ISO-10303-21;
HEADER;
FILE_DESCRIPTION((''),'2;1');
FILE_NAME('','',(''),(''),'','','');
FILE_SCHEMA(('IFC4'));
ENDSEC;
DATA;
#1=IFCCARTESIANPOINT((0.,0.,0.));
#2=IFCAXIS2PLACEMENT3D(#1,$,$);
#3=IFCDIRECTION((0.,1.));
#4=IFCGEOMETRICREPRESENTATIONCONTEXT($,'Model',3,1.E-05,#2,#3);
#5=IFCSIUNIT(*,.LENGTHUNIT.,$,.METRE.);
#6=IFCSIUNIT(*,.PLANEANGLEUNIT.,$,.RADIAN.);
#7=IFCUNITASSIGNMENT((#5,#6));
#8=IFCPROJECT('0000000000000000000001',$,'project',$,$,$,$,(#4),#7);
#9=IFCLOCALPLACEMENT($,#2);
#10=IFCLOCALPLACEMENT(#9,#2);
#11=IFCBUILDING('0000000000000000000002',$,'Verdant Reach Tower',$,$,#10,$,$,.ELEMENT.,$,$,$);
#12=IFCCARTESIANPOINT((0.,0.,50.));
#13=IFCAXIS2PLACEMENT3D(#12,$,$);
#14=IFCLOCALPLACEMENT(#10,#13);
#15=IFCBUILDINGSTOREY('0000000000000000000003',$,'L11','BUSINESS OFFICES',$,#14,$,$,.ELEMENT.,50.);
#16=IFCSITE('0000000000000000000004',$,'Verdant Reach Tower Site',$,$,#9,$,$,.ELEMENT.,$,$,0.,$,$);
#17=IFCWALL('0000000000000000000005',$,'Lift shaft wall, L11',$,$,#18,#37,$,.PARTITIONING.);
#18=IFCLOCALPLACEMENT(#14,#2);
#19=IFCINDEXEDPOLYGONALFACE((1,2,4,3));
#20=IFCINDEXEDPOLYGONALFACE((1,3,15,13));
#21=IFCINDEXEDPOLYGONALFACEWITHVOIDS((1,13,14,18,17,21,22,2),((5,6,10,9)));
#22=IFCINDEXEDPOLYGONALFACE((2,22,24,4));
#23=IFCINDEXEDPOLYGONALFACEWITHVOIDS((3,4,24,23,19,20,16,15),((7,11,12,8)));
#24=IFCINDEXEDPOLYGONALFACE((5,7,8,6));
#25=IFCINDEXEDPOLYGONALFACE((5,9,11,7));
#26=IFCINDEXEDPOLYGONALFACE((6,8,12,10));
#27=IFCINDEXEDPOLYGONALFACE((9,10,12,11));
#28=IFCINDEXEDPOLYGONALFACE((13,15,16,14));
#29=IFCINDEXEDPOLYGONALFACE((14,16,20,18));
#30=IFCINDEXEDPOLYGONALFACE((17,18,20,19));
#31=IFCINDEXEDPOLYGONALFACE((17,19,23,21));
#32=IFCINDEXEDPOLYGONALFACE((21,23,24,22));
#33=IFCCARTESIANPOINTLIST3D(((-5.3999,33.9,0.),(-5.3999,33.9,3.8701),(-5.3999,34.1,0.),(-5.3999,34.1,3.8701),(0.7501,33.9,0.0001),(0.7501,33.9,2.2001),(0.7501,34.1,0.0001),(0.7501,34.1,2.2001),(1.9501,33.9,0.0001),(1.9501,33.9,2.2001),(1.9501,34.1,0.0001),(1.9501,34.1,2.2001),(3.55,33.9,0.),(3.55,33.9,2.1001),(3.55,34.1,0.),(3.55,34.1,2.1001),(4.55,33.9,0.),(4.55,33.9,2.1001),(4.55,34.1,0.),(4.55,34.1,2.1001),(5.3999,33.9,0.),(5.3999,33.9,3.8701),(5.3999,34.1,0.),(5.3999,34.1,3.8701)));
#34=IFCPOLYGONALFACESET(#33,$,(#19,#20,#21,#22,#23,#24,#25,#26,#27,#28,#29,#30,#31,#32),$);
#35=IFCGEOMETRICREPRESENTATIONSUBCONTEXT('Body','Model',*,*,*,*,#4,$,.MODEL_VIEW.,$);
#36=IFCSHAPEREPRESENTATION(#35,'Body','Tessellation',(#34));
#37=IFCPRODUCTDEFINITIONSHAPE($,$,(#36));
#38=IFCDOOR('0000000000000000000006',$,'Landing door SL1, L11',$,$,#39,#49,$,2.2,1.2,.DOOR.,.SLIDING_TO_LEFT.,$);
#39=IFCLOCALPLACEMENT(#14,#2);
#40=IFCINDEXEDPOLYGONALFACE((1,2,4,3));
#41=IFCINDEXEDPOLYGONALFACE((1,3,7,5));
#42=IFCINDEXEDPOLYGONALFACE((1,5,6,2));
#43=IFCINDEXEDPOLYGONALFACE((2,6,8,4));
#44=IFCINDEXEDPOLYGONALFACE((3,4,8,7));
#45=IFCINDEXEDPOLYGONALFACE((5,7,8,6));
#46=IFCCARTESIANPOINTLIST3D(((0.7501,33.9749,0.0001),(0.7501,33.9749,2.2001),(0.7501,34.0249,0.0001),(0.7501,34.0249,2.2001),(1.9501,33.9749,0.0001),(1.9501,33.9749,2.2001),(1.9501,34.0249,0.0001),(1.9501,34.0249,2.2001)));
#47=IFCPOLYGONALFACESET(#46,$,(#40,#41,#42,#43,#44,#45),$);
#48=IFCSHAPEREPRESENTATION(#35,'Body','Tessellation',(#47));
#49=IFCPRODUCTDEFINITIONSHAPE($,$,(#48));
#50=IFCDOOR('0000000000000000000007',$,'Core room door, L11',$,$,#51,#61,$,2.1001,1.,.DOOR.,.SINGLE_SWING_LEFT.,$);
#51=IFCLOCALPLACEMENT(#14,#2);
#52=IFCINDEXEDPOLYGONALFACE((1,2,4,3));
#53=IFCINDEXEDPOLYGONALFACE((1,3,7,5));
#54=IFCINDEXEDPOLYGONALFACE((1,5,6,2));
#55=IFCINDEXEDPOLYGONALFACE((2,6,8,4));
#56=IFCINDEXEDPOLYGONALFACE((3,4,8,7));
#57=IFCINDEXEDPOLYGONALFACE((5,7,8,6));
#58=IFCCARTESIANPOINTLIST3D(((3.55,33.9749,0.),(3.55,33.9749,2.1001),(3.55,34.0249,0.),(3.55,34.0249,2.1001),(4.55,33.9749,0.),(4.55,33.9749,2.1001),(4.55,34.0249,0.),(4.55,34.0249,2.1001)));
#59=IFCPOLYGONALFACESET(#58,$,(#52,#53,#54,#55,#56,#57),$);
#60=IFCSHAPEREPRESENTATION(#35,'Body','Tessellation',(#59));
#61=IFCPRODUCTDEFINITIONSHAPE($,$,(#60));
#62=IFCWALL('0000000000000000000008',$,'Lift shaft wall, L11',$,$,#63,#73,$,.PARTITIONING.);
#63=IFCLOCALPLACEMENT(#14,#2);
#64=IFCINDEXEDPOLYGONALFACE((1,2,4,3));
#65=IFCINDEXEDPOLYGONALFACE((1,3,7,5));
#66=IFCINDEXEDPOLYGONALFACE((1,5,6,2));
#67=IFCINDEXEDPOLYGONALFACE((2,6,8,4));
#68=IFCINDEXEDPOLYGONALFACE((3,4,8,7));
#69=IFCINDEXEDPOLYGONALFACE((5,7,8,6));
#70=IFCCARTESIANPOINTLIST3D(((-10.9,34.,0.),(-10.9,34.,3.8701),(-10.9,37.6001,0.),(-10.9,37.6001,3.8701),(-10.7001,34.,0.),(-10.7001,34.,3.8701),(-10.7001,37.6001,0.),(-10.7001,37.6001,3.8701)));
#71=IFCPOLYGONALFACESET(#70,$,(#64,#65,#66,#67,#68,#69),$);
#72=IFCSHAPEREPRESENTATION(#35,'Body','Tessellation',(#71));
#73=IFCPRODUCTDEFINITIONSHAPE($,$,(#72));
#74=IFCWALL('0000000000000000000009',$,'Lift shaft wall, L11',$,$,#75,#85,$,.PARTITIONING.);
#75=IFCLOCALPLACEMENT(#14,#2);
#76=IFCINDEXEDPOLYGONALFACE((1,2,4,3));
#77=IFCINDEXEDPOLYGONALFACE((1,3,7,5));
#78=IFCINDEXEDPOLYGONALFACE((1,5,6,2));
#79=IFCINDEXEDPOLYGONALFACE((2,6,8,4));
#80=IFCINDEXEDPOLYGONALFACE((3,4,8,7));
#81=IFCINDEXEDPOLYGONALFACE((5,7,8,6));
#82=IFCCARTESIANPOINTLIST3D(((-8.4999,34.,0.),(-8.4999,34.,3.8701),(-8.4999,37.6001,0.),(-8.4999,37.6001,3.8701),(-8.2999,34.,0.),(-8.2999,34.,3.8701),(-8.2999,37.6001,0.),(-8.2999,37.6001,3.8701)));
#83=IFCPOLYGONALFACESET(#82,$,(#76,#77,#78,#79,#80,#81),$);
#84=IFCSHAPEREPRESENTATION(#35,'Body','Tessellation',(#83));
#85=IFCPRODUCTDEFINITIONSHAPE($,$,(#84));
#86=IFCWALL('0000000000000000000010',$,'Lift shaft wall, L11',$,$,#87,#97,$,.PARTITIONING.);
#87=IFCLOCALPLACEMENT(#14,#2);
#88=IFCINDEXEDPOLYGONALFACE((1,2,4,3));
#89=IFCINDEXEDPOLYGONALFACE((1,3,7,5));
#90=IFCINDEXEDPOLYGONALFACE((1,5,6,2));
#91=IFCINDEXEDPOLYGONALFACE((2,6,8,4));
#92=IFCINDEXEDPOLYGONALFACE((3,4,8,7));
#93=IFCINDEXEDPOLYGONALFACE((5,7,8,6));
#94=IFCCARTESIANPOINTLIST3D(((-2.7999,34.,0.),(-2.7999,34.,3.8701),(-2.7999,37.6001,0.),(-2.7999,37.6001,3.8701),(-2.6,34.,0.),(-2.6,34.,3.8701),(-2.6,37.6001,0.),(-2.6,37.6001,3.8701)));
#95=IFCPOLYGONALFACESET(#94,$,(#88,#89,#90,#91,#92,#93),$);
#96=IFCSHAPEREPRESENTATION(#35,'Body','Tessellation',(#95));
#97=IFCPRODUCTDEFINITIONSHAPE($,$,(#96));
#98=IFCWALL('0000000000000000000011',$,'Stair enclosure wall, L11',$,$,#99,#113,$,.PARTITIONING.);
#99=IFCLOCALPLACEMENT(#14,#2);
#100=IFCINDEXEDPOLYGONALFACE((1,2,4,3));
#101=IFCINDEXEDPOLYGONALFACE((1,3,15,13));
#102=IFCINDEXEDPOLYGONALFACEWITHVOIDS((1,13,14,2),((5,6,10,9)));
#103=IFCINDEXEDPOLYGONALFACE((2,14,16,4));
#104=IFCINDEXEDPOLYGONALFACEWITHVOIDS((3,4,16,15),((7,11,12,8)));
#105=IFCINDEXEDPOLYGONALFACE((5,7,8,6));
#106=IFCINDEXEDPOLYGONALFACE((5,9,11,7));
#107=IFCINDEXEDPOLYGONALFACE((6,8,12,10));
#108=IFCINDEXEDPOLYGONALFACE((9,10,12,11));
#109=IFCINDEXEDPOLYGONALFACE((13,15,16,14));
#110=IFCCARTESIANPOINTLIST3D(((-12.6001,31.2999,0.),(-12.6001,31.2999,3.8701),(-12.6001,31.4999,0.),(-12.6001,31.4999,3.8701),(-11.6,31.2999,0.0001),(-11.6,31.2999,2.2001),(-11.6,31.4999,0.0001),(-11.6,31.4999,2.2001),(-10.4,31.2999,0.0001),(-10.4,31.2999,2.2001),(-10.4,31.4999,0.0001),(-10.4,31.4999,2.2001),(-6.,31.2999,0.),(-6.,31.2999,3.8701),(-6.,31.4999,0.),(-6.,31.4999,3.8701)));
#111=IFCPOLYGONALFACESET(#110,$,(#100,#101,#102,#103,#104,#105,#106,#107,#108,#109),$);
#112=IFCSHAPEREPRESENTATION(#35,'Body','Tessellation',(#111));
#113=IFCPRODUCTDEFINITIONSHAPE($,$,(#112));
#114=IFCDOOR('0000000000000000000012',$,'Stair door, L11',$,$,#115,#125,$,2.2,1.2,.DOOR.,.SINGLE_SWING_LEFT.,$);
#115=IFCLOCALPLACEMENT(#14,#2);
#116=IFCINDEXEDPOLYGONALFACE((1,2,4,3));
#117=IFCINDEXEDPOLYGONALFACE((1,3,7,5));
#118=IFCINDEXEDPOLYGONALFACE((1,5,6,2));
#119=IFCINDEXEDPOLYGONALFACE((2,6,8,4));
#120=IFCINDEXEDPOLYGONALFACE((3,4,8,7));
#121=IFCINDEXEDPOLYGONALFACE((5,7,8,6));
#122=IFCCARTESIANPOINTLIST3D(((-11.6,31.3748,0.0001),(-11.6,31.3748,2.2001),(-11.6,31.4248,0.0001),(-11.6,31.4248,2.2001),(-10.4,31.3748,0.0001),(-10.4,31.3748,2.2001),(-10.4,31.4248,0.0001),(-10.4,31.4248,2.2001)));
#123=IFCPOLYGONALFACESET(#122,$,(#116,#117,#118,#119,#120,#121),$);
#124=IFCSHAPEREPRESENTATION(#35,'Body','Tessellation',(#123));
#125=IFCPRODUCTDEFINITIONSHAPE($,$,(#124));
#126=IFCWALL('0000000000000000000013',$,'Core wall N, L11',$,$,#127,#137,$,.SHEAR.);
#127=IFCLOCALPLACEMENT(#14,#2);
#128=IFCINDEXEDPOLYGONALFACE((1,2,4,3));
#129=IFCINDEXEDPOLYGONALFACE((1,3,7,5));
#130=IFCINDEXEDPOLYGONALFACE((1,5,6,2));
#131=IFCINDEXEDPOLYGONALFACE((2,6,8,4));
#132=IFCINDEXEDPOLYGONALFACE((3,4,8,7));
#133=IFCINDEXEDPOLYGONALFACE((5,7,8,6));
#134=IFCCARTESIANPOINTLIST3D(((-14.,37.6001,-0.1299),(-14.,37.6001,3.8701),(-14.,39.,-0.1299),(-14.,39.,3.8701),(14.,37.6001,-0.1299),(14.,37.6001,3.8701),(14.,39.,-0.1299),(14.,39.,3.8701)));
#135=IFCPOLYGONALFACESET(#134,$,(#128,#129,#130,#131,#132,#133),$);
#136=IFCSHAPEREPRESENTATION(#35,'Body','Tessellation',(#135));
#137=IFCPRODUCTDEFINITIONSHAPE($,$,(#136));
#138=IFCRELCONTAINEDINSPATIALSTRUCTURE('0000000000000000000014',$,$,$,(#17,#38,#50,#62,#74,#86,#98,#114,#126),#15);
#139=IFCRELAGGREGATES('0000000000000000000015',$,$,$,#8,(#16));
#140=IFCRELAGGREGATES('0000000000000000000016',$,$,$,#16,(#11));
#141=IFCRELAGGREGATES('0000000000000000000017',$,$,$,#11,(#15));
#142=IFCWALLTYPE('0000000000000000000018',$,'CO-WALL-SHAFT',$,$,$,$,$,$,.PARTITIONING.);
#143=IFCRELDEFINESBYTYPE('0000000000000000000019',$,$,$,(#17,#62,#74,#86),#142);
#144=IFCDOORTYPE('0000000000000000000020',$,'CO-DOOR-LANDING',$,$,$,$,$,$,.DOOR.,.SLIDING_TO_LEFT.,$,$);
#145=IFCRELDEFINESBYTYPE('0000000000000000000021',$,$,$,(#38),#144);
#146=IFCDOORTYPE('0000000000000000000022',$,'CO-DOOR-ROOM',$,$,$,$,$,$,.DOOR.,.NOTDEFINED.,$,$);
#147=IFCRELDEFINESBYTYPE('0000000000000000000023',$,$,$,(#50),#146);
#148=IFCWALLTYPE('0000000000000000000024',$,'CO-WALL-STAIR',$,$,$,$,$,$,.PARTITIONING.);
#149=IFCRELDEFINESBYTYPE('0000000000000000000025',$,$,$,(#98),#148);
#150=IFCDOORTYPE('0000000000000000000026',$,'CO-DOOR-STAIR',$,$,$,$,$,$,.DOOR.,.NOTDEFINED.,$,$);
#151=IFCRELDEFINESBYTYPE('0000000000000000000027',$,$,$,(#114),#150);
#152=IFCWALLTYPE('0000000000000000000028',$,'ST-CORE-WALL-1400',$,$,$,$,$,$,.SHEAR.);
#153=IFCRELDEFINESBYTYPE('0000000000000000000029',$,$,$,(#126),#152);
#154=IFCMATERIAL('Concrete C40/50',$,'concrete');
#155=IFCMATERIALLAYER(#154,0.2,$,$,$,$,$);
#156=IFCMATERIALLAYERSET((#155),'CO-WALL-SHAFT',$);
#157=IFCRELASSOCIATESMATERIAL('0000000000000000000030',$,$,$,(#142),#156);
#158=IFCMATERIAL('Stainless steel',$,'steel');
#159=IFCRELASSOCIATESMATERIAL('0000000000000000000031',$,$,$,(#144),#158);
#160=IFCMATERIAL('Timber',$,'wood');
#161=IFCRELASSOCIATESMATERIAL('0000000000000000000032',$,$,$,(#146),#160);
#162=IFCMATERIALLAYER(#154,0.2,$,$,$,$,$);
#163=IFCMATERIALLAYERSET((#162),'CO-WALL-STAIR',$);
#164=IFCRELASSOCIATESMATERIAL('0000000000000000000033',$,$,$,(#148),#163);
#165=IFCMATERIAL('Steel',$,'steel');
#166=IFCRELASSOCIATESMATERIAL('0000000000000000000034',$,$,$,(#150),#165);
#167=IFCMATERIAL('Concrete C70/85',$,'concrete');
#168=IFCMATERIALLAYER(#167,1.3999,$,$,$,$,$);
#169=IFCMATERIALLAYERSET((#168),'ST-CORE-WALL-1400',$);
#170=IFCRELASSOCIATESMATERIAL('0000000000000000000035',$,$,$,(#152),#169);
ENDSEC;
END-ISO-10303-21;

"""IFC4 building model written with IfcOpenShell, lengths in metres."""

from ifc_helpers import new_model, si_unit, direction, frame, frame_2d, origin, place, context, subcontext, project, spatial, rectangle, extrude, material, layer, layer_set, type_object, element, fill, save


model = new_model("IFC4")

# Units and contexts
model_context = context("Model", 3, precision=1e-05, world=origin(), true_north=direction((0.0, 1.0)))
body_context = subcontext(model_context, "Body", "Model", "MODEL_VIEW")
ifc_project = project(units=[si_unit("LENGTHUNIT", "METRE"), si_unit("PLANEANGLEUNIT", "RADIAN")], contexts=[model_context])

# Site, building, storey
site_placement = place(None, origin())
site = spatial("IfcSite", under=ifc_project, at=site_placement, Name="Verdant Reach Tower Site", CompositionType="ELEMENT", RefElevation=0.0)
building_placement = place(site_placement, origin())
building = spatial("IfcBuilding", under=site, at=building_placement, Name="Verdant Reach Tower", CompositionType="ELEMENT")
storey_placement = place(building_placement, frame((0.0, 0.0, 50.0)))
storey = spatial("IfcBuildingStorey", under=building, at=storey_placement, Name="L11", Description="BUSINESS OFFICES", CompositionType="ELEMENT", Elevation=50.0)

# Shared definitions
ifc_material_1 = material(Name="Concrete C40/50", Category="concrete")
ifc_layer_1 = layer(ifc_material_1, 0.2)
ifc_layer_set_1 = layer_set([ifc_layer_1], Name="CO-WALL-SHAFT")
wall_type_1 = type_object("IfcWallType", Name="CO-WALL-SHAFT", PredefinedType="PARTITIONING", material=ifc_layer_set_1)

# Wall, openings, doors
ifc_material_2 = material(Name="Stainless steel", Category="steel")
ifc_material_3 = material(Name="Steel", Category="steel")
wall_1_placement = place(storey_placement, frame((-5.3999, 34.0, 0.0), z_axis=(0.0, 0.0, 1.0), x_axis=(1.0, 0.0, 0.0)))
wall_1 = element("IfcWall", 1, at=wall_1_placement, inside=storey, type_object=wall_type_1, Name="Lift shaft wall, L11", PredefinedType="PARTITIONING", context=body_context, shape_type="SweptSolid", body=[
    extrude(rectangle(XDim=10.7998, YDim=0.2, at=frame_2d((5.3999, 0.0))), origin(), (0.0, 0.0, 1.0), 3.8701),
])
opening_1_placement = place(wall_1_placement, frame((6.1499, 0.0, 0.0)))
opening_1 = element("IfcOpeningElement", 2, at=opening_1_placement, cuts=wall_1, PredefinedType="OPENING", context=body_context, shape_type="SweptSolid", body=[
    extrude(rectangle(XDim=1.2, YDim=2.2, at=frame_2d((0.6001, 1.1001))), frame((0.0, 0.1099, 0.0), z_axis=(0.0, -1.0, 0.0), x_axis=(1.0, 0.0, 0.0)), (0.0, 0.0, 1.0), 0.22),
])
opening_2_placement = place(wall_1_placement, frame((8.95, 0.0, 0.0)))
opening_2 = element("IfcOpeningElement", 3, at=opening_2_placement, cuts=wall_1, PredefinedType="OPENING", context=body_context, shape_type="SweptSolid", body=[
    extrude(rectangle(XDim=1.0, YDim=2.1001, at=frame_2d((0.5, 1.05))), frame((0.0, 0.1099, 0.0), z_axis=(0.0, -1.0, 0.0), x_axis=(1.0, 0.0, 0.0)), (0.0, 0.0, 1.0), 0.22),
])
door_type_1 = type_object("IfcDoorType", Name="CO-DOOR-LANDING", OperationType="SLIDING_TO_LEFT", PredefinedType="DOOR", material=ifc_material_2)
door_1_placement = place(opening_1_placement, origin())
door_1 = element("IfcDoor", 4, at=door_1_placement, inside=storey, type_object=door_type_1, Name="Landing door SL1, L11", OperationType="SLIDING_TO_LEFT", OverallHeight=2.2, OverallWidth=1.2, PredefinedType="DOOR", context=body_context, shape_type="SweptSolid", body=[
    extrude(rectangle(XDim=1.2, YDim=2.2, at=frame_2d((0.6001, 1.1001))), frame((0.0, 0.0249, 0.0), z_axis=(0.0, -1.0, 0.0), x_axis=(1.0, 0.0, 0.0)), (0.0, 0.0, 1.0), 0.05),
])
fill(opening_1, door_1)
ifc_material_4 = material(Name="Timber", Category="wood")
door_type_2 = type_object("IfcDoorType", Name="CO-DOOR-ROOM", OperationType="NOTDEFINED", PredefinedType="DOOR", material=ifc_material_4)
door_2_placement = place(opening_2_placement, origin())
door_2 = element("IfcDoor", 5, at=door_2_placement, inside=storey, type_object=door_type_2, Name="Core room door, L11", OperationType="SINGLE_SWING_LEFT", OverallHeight=2.1001, OverallWidth=1.0, PredefinedType="DOOR", context=body_context, shape_type="SweptSolid", body=[
    extrude(rectangle(XDim=1.0, YDim=2.1001, at=frame_2d((0.5, 1.05))), frame((0.0, 0.0249, 0.0), z_axis=(0.0, -1.0, 0.0), x_axis=(1.0, 0.0, 0.0)), (0.0, 0.0, 1.0), 0.05),
])
fill(opening_2, door_2)

# Walls
for number, where, z_axis, x_axis, name in (
    (6, (-10.8, 34.0, 0.0), (0.0, 0.0, 1.0), (0.0, 1.0, 0.0), "Lift shaft wall, L11"),
    (7, (-8.3999, 34.0, 0.0), (0.0, 0.0, 1.0), (0.0, 1.0, 0.0), "Lift shaft wall, L11"),
    (8, (-2.7, 34.0, 0.0), (0.0, 0.0, 1.0), (0.0, 1.0, 0.0), "Lift shaft wall, L11"),
):
    element("IfcWall", number, at=place(storey_placement, frame(where, z_axis=z_axis, x_axis=x_axis)), inside=storey, type_object=wall_type_1, Name=name, PredefinedType="PARTITIONING", context=body_context, shape_type="SweptSolid", body=[
        extrude(rectangle(XDim=3.6001, YDim=0.2, at=frame_2d((1.8, 0.0))), origin(), (0.0, 0.0, 1.0), 3.8701),
    ])

# Wall, opening, door
ifc_layer_2 = layer(ifc_material_1, 0.2)
ifc_layer_set_2 = layer_set([ifc_layer_2], Name="CO-WALL-STAIR")
wall_type_2 = type_object("IfcWallType", Name="CO-WALL-STAIR", PredefinedType="PARTITIONING", material=ifc_layer_set_2)
wall_2_placement = place(storey_placement, frame((-12.6001, 31.3999, 0.0), z_axis=(0.0, 0.0, 1.0), x_axis=(1.0, 0.0, 0.0)))
wall_2 = element("IfcWall", 9, at=wall_2_placement, inside=storey, type_object=wall_type_2, Name="Stair enclosure wall, L11", PredefinedType="PARTITIONING", context=body_context, shape_type="SweptSolid", body=[
    extrude(rectangle(XDim=6.6001, YDim=0.2, at=frame_2d((3.3, 0.0))), origin(), (0.0, 0.0, 1.0), 3.8701),
])
opening_3_placement = place(wall_2_placement, frame((1.0, 0.0, 0.0)))
opening_3 = element("IfcOpeningElement", 10, at=opening_3_placement, cuts=wall_2, PredefinedType="OPENING", context=body_context, shape_type="SweptSolid", body=[
    extrude(rectangle(XDim=1.2, YDim=2.2, at=frame_2d((0.6001, 1.1001))), frame((0.0, 0.1099, 0.0), z_axis=(0.0, -1.0, 0.0), x_axis=(1.0, 0.0, 0.0)), (0.0, 0.0, 1.0), 0.22),
])
door_type_3 = type_object("IfcDoorType", Name="CO-DOOR-STAIR", OperationType="NOTDEFINED", PredefinedType="DOOR", material=ifc_material_3)
door_3_placement = place(opening_3_placement, origin())
door_3 = element("IfcDoor", 11, at=door_3_placement, inside=storey, type_object=door_type_3, Name="Stair door, L11", OperationType="SINGLE_SWING_LEFT", OverallHeight=2.2, OverallWidth=1.2, PredefinedType="DOOR", context=body_context, shape_type="SweptSolid", body=[
    extrude(rectangle(XDim=1.2, YDim=2.2, at=frame_2d((0.6001, 1.1001))), frame((0.0, 0.0249, 0.0), z_axis=(0.0, -1.0, 0.0), x_axis=(1.0, 0.0, 0.0)), (0.0, 0.0, 1.0), 0.05),
])
fill(opening_3, door_3)

# Wall
ifc_material_5 = material(Name="Concrete C70/85", Category="concrete")
ifc_layer_3 = layer(ifc_material_5, 1.3999)
ifc_layer_set_3 = layer_set([ifc_layer_3], Name="ST-CORE-WALL-1400")
wall_type_3 = type_object("IfcWallType", Name="ST-CORE-WALL-1400", PredefinedType="SHEAR", material=ifc_layer_set_3)
wall_3_placement = place(storey_placement, frame((-14.0, 38.3, -0.1299), z_axis=(0.0, 0.0, 1.0), x_axis=(1.0, 0.0, 0.0)))
element("IfcWall", 12, at=wall_3_placement, inside=storey, type_object=wall_type_3, Name="Core wall N, L11", PredefinedType="SHEAR", context=body_context, shape_type="SweptSolid", body=[
    extrude(rectangle(XDim=28.0, YDim=1.3999, at=frame_2d((14.0, 0.0))), origin(), (0.0, 0.0, 1.0), 4.0),
])

save(model, "model.ifc")
